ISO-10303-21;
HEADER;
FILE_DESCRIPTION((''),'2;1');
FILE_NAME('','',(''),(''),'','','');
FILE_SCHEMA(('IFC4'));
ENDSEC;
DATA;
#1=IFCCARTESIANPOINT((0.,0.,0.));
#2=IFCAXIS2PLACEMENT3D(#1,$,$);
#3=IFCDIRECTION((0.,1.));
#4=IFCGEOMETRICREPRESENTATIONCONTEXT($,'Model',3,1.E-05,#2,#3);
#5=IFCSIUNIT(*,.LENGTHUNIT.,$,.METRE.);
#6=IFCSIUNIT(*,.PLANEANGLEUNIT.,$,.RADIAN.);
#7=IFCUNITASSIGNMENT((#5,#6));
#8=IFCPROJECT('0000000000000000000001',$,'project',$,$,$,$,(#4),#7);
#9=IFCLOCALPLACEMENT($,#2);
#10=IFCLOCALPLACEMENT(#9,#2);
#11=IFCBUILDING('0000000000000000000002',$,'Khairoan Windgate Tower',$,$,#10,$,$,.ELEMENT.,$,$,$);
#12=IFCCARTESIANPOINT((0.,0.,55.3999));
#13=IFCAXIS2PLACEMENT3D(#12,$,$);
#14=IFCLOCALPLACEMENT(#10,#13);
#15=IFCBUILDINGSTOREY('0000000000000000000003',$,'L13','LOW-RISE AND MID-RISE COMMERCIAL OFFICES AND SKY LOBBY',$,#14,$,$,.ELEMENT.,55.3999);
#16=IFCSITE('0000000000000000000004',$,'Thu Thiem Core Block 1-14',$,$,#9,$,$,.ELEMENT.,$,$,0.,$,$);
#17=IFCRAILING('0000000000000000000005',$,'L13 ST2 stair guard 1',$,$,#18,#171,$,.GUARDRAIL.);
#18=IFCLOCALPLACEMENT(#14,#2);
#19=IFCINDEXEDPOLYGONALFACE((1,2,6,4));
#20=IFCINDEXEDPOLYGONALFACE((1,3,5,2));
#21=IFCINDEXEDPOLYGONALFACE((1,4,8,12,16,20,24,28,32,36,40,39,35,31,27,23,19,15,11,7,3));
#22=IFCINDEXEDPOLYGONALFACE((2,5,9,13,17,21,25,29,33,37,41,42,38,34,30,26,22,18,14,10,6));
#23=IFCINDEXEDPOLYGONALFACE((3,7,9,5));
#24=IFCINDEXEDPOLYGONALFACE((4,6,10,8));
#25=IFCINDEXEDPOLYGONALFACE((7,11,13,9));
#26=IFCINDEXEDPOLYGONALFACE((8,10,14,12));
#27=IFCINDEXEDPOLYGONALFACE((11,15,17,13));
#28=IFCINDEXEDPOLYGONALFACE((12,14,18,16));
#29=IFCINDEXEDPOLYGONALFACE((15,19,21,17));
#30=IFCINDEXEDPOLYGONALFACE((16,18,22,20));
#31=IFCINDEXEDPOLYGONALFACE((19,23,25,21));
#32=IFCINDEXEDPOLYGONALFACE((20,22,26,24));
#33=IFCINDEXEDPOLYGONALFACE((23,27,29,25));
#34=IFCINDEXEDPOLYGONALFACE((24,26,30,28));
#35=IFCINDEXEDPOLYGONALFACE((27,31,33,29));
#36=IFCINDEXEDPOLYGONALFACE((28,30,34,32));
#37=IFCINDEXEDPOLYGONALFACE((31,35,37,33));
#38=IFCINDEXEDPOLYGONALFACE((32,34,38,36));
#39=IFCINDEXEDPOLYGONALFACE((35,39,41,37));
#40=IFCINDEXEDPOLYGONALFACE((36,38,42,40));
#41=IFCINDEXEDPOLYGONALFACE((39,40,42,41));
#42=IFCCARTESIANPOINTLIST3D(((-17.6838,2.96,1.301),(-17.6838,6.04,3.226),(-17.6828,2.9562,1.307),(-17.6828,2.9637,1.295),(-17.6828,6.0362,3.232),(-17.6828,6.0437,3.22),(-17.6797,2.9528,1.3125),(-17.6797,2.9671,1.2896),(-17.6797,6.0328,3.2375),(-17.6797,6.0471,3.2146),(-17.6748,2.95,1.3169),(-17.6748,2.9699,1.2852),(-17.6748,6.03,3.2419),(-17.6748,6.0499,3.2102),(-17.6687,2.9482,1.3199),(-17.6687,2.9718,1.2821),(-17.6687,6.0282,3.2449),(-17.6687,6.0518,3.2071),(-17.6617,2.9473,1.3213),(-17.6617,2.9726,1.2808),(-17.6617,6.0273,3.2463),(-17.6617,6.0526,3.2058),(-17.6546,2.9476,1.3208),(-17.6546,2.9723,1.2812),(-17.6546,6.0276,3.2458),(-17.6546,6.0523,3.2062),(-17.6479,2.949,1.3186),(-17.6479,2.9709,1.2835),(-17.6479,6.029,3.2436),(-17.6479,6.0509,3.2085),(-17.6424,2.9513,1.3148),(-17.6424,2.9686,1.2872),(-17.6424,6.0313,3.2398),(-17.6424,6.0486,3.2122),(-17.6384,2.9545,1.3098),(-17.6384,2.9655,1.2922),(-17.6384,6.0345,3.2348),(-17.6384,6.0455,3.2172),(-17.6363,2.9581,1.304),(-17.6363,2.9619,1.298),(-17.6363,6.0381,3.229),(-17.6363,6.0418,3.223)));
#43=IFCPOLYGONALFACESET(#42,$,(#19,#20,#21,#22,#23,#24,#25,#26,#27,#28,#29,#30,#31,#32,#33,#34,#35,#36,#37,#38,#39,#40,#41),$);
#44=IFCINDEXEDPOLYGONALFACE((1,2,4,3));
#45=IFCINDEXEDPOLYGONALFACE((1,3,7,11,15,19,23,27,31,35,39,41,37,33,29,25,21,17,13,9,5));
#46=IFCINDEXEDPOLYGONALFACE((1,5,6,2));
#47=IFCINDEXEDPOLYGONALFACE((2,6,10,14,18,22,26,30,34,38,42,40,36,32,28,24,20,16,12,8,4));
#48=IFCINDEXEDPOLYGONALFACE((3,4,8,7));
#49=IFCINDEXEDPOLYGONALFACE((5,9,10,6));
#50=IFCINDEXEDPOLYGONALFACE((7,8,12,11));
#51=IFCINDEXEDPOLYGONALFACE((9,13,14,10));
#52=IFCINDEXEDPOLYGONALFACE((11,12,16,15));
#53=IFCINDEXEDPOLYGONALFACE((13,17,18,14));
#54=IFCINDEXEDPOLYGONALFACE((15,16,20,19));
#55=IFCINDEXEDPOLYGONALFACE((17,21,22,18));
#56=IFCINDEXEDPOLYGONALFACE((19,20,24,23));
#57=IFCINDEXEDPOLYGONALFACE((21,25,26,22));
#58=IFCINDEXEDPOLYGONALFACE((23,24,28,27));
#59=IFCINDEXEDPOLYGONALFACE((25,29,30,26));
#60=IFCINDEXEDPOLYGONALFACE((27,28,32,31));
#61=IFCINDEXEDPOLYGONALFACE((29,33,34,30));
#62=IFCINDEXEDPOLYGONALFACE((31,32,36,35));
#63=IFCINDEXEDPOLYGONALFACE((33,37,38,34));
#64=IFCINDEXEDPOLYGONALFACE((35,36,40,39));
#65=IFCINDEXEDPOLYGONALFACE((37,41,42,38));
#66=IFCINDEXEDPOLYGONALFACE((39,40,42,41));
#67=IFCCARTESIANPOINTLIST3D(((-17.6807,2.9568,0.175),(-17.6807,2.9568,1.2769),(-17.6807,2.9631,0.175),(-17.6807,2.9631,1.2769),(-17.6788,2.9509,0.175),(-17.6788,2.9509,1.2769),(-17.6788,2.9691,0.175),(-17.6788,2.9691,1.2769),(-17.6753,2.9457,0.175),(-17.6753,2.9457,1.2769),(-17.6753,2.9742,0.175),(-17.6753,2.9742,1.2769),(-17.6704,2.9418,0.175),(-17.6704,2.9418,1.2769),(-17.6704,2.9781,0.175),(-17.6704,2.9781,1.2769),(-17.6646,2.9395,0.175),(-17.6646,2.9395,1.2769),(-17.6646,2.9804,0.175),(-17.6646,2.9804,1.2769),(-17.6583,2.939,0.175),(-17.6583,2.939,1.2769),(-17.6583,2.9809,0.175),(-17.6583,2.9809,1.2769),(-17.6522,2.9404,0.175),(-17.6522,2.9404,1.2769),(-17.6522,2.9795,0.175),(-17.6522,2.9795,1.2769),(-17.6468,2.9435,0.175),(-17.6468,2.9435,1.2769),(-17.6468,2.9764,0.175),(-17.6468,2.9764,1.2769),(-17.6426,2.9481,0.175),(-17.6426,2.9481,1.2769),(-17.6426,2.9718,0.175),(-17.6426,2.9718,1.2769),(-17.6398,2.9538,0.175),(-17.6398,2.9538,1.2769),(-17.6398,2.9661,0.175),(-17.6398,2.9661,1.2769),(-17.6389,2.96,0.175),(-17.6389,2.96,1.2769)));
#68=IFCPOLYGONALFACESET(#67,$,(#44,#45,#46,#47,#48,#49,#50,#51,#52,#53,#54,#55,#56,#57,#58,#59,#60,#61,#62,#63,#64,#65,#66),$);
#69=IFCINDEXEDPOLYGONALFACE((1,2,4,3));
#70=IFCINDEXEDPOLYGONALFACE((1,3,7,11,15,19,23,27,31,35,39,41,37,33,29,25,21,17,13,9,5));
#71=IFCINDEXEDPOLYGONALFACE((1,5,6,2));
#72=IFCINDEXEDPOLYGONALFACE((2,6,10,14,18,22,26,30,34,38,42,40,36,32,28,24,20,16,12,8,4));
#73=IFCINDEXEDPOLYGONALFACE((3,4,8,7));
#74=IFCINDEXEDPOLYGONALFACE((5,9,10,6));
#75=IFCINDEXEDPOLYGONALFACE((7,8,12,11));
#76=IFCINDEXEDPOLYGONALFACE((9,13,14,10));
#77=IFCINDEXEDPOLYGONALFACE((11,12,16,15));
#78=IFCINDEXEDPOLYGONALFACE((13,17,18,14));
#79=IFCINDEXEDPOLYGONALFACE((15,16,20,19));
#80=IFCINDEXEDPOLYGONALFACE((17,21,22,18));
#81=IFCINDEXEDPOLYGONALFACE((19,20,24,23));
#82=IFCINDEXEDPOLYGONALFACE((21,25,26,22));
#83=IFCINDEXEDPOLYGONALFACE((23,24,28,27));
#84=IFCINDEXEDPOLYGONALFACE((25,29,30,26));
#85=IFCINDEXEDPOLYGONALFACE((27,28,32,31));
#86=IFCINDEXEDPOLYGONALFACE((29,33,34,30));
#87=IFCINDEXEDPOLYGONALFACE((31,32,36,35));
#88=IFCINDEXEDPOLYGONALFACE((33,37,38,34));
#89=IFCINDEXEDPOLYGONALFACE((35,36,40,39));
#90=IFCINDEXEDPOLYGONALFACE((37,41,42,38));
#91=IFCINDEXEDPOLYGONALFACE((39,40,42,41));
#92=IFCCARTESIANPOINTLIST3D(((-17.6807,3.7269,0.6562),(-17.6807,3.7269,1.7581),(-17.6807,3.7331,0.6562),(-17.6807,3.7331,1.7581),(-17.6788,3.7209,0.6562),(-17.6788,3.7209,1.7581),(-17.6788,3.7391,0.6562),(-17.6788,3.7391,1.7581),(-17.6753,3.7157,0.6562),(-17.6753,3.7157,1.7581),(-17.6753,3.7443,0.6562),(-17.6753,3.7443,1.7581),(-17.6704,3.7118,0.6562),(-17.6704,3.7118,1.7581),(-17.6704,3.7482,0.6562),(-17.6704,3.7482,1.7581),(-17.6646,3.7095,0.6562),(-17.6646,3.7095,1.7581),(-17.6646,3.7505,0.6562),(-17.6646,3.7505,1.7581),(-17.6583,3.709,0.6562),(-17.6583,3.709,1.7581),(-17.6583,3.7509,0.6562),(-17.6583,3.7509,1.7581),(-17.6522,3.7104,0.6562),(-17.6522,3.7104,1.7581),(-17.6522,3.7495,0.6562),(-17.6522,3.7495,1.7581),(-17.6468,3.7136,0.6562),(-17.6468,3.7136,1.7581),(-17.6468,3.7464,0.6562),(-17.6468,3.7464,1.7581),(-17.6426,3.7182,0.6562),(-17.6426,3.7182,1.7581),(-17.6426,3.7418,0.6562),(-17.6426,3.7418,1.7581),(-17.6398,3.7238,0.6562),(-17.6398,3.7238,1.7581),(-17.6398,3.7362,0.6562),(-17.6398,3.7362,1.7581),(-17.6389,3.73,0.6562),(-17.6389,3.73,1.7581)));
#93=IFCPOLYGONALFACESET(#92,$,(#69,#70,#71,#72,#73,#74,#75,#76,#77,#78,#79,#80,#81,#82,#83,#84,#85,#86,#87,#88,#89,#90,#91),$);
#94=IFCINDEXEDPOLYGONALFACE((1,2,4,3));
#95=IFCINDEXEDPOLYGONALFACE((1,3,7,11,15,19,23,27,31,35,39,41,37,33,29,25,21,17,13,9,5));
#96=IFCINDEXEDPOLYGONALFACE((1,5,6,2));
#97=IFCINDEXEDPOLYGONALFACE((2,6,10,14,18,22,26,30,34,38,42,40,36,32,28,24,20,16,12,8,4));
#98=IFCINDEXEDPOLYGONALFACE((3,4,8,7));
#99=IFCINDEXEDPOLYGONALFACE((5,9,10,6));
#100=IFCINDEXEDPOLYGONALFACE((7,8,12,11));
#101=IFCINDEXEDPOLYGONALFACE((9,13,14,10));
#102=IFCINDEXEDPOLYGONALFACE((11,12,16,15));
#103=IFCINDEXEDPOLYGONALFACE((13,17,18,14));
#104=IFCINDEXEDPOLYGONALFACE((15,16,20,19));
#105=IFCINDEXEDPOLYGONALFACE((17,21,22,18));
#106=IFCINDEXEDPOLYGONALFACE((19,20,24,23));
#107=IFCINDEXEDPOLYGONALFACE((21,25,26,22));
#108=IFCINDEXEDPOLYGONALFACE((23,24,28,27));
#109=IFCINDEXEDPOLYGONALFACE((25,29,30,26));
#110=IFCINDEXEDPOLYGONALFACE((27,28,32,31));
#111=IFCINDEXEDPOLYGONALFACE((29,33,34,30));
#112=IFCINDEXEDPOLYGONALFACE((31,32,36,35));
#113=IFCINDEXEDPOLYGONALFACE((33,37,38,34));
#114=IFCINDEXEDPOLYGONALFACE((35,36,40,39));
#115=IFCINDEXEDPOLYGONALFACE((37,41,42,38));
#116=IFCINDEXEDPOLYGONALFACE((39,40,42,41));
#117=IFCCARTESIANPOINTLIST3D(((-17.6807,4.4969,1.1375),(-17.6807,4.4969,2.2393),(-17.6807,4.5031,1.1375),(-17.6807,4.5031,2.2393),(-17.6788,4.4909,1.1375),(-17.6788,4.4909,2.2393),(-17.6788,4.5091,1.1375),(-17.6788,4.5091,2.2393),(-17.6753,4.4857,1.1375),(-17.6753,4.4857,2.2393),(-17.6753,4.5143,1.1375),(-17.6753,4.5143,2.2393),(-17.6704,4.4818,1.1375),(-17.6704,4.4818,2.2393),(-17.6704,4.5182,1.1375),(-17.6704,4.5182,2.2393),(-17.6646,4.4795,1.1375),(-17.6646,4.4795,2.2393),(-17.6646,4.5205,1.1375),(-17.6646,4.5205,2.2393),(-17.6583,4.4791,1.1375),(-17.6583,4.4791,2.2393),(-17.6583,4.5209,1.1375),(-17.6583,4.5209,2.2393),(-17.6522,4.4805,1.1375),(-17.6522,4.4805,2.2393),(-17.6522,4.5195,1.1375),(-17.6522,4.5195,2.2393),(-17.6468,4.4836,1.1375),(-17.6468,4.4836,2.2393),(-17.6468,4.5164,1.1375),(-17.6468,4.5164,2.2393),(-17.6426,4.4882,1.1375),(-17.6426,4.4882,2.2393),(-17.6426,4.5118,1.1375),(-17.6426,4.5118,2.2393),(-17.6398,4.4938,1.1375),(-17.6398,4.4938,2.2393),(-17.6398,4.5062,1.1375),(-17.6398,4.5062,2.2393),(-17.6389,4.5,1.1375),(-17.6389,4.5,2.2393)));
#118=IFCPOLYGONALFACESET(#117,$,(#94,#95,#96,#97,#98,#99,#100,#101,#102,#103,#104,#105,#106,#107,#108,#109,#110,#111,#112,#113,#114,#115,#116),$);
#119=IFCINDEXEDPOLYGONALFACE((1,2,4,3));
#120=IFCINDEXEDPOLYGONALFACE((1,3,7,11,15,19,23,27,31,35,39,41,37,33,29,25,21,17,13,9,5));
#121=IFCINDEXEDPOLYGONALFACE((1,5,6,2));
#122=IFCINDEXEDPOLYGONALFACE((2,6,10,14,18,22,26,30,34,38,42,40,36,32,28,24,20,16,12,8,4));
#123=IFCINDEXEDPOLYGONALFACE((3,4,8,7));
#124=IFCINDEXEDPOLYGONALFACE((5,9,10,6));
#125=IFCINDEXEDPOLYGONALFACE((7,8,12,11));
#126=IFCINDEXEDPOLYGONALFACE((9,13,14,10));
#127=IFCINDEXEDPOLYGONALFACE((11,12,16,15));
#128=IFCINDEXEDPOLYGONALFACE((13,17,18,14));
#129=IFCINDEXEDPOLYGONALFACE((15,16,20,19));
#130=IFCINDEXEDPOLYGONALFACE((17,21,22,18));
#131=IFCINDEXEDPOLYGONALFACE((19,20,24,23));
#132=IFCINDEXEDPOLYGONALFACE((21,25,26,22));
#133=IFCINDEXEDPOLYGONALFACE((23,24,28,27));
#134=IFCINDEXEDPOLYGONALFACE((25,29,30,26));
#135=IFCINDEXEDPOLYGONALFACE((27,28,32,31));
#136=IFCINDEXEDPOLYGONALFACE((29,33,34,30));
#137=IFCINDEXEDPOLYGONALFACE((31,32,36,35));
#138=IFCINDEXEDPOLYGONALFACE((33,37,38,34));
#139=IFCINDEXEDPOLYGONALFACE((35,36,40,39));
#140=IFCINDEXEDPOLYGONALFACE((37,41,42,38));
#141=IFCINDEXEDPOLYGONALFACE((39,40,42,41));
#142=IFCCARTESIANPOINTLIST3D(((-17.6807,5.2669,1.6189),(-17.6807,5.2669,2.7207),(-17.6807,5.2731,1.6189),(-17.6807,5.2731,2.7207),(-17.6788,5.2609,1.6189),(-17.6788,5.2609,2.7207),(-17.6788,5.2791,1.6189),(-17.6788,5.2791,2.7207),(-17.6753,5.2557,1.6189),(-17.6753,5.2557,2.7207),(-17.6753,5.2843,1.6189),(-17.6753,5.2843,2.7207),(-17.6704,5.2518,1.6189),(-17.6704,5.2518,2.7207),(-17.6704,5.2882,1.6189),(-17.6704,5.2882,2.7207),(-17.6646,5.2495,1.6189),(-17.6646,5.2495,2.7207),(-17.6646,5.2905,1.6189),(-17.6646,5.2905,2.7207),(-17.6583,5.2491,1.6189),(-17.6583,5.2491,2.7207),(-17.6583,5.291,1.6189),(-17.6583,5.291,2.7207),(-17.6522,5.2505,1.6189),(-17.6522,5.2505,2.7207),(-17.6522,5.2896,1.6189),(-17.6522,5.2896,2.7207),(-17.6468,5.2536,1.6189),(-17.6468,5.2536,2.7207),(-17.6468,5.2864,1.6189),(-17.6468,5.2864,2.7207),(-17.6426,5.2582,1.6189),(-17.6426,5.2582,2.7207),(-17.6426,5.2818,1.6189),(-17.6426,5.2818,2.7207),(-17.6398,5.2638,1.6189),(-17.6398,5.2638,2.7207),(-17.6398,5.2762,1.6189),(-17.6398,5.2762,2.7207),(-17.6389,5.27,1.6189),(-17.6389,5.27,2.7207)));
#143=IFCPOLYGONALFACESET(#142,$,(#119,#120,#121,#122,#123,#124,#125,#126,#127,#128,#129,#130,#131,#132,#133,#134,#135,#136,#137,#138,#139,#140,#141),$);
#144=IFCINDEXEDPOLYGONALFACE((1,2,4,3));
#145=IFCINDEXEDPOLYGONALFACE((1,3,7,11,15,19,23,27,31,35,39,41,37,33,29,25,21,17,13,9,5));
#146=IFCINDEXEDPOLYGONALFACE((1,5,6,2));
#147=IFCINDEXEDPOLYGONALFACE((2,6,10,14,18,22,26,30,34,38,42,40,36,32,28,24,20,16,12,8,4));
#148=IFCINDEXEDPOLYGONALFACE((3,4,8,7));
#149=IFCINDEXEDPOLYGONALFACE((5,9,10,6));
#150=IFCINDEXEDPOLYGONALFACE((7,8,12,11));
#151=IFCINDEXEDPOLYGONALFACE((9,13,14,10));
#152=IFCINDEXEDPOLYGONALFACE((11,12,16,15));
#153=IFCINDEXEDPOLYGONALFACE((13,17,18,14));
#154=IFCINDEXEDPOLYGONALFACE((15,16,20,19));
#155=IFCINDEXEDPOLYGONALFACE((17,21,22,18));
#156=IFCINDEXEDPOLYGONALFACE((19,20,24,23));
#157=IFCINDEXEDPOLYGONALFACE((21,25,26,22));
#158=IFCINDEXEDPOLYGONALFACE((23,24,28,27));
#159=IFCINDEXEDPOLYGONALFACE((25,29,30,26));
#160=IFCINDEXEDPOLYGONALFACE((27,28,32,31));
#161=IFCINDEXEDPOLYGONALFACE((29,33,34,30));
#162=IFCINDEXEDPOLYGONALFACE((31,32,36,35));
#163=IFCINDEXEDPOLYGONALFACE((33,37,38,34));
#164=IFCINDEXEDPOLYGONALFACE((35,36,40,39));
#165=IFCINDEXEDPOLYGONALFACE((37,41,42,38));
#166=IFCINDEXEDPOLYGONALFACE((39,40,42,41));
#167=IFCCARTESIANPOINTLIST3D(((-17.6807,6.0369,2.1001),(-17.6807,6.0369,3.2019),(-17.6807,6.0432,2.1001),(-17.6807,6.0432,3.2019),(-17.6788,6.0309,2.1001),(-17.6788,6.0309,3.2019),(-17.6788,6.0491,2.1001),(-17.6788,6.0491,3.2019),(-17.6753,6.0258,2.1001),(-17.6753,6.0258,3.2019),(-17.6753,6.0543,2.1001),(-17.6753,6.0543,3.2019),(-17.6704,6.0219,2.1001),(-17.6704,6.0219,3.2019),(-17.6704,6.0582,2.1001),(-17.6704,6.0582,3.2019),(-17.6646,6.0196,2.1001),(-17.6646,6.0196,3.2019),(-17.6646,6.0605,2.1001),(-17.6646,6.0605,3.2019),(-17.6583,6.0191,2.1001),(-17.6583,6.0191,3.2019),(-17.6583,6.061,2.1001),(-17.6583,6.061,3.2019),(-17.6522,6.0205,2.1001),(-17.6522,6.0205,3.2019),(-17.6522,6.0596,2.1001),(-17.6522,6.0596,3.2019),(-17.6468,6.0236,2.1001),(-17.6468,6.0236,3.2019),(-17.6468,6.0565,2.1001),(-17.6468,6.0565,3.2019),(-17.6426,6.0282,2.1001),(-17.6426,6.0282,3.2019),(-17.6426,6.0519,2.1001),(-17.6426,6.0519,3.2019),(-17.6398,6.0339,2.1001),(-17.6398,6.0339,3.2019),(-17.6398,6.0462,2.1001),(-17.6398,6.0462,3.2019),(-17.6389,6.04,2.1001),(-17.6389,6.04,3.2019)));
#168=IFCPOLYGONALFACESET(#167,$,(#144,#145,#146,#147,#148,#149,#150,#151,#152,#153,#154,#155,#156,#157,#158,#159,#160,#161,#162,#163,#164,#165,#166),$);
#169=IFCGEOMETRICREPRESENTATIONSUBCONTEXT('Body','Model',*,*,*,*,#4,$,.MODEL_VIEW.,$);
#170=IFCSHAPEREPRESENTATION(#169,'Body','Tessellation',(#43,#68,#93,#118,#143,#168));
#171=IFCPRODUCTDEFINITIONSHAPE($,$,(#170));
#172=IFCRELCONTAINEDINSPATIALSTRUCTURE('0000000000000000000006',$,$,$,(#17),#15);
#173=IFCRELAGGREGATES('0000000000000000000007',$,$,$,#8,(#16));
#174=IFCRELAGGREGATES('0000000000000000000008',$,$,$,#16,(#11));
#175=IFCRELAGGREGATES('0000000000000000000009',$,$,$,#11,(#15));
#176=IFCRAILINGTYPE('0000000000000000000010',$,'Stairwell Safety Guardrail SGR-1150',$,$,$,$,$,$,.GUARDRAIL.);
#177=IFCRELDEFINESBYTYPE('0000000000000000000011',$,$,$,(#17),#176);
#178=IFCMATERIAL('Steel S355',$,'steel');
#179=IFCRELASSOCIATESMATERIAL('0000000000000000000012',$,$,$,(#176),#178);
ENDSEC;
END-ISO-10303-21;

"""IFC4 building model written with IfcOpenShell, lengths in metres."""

from ifc_helpers import new_model, si_unit, direction, frame, origin, origin_2d, place, context, subcontext, project, spatial, circle, extrude, material, type_object, element, save


model = new_model("IFC4")

# Units and contexts
model_context = context("Model", 3, precision=1e-05, world=origin(), true_north=direction((0.0, 1.0)))
body_context = subcontext(model_context, "Body", "Model", "MODEL_VIEW")
ifc_project = project(units=[si_unit("LENGTHUNIT", "METRE"), si_unit("PLANEANGLEUNIT", "RADIAN")], contexts=[model_context])

# Site, building, storey
site_placement = place(None, origin())
site = spatial("IfcSite", under=ifc_project, at=site_placement, Name="Thu Thiem Core Block 1-14", CompositionType="ELEMENT", RefElevation=0.0)
building_placement = place(site_placement, origin())
building = spatial("IfcBuilding", under=site, at=building_placement, Name="Khairoan Windgate Tower", CompositionType="ELEMENT")
storey_placement = place(building_placement, frame((0.0, 0.0, 55.3999)))
storey = spatial("IfcBuildingStorey", under=building, at=storey_placement, Name="L13", Description="LOW-RISE AND MID-RISE COMMERCIAL OFFICES AND SKY LOBBY", CompositionType="ELEMENT", Elevation=55.3999)

# Railing
ifc_material_1 = material(Name="Steel S355", Category="steel")
railing_type_1 = type_object("IfcRailingType", Name="Stairwell Safety Guardrail SGR-1150", PredefinedType="GUARDRAIL", material=ifc_material_1)
railing_1_placement = place(storey_placement, frame((-17.6599, 2.96, 0.175)))
element("IfcRailing", 1, at=railing_1_placement, inside=storey, type_object=railing_type_1, Name="L13 ST2 stair guard 1", PredefinedType="GUARDRAIL", context=body_context, shape_type="SweptSolid", body=[
    extrude(circle(Radius=0.0239, at=origin_2d()), frame((0.0, 0.0, 1.126), z_axis=(0.0, 0.847998, 0.529999), x_axis=(-1.0, 0.0, 0.0)), (0.0, 0.0, 1.0), 3.6321),
    extrude(circle(Radius=0.021, at=origin_2d()), origin(), (0.0, 0.0, 1.0), 1.1018),
    extrude(circle(Radius=0.021, at=origin_2d()), frame((0.0, 0.77, 0.4812)), (0.0, 0.0, 1.0), 1.1018),
    extrude(circle(Radius=0.021, at=origin_2d()), frame((0.0, 1.54, 0.9624)), (0.0, 0.0, 1.0), 1.1018),
    extrude(circle(Radius=0.021, at=origin_2d()), frame((0.0, 2.3101, 1.4438)), (0.0, 0.0, 1.0), 1.1018),
    extrude(circle(Radius=0.021, at=origin_2d()), frame((0.0, 3.0801, 1.925)), (0.0, 0.0, 1.0), 1.1018),
])

save(model, "model.ifc")
